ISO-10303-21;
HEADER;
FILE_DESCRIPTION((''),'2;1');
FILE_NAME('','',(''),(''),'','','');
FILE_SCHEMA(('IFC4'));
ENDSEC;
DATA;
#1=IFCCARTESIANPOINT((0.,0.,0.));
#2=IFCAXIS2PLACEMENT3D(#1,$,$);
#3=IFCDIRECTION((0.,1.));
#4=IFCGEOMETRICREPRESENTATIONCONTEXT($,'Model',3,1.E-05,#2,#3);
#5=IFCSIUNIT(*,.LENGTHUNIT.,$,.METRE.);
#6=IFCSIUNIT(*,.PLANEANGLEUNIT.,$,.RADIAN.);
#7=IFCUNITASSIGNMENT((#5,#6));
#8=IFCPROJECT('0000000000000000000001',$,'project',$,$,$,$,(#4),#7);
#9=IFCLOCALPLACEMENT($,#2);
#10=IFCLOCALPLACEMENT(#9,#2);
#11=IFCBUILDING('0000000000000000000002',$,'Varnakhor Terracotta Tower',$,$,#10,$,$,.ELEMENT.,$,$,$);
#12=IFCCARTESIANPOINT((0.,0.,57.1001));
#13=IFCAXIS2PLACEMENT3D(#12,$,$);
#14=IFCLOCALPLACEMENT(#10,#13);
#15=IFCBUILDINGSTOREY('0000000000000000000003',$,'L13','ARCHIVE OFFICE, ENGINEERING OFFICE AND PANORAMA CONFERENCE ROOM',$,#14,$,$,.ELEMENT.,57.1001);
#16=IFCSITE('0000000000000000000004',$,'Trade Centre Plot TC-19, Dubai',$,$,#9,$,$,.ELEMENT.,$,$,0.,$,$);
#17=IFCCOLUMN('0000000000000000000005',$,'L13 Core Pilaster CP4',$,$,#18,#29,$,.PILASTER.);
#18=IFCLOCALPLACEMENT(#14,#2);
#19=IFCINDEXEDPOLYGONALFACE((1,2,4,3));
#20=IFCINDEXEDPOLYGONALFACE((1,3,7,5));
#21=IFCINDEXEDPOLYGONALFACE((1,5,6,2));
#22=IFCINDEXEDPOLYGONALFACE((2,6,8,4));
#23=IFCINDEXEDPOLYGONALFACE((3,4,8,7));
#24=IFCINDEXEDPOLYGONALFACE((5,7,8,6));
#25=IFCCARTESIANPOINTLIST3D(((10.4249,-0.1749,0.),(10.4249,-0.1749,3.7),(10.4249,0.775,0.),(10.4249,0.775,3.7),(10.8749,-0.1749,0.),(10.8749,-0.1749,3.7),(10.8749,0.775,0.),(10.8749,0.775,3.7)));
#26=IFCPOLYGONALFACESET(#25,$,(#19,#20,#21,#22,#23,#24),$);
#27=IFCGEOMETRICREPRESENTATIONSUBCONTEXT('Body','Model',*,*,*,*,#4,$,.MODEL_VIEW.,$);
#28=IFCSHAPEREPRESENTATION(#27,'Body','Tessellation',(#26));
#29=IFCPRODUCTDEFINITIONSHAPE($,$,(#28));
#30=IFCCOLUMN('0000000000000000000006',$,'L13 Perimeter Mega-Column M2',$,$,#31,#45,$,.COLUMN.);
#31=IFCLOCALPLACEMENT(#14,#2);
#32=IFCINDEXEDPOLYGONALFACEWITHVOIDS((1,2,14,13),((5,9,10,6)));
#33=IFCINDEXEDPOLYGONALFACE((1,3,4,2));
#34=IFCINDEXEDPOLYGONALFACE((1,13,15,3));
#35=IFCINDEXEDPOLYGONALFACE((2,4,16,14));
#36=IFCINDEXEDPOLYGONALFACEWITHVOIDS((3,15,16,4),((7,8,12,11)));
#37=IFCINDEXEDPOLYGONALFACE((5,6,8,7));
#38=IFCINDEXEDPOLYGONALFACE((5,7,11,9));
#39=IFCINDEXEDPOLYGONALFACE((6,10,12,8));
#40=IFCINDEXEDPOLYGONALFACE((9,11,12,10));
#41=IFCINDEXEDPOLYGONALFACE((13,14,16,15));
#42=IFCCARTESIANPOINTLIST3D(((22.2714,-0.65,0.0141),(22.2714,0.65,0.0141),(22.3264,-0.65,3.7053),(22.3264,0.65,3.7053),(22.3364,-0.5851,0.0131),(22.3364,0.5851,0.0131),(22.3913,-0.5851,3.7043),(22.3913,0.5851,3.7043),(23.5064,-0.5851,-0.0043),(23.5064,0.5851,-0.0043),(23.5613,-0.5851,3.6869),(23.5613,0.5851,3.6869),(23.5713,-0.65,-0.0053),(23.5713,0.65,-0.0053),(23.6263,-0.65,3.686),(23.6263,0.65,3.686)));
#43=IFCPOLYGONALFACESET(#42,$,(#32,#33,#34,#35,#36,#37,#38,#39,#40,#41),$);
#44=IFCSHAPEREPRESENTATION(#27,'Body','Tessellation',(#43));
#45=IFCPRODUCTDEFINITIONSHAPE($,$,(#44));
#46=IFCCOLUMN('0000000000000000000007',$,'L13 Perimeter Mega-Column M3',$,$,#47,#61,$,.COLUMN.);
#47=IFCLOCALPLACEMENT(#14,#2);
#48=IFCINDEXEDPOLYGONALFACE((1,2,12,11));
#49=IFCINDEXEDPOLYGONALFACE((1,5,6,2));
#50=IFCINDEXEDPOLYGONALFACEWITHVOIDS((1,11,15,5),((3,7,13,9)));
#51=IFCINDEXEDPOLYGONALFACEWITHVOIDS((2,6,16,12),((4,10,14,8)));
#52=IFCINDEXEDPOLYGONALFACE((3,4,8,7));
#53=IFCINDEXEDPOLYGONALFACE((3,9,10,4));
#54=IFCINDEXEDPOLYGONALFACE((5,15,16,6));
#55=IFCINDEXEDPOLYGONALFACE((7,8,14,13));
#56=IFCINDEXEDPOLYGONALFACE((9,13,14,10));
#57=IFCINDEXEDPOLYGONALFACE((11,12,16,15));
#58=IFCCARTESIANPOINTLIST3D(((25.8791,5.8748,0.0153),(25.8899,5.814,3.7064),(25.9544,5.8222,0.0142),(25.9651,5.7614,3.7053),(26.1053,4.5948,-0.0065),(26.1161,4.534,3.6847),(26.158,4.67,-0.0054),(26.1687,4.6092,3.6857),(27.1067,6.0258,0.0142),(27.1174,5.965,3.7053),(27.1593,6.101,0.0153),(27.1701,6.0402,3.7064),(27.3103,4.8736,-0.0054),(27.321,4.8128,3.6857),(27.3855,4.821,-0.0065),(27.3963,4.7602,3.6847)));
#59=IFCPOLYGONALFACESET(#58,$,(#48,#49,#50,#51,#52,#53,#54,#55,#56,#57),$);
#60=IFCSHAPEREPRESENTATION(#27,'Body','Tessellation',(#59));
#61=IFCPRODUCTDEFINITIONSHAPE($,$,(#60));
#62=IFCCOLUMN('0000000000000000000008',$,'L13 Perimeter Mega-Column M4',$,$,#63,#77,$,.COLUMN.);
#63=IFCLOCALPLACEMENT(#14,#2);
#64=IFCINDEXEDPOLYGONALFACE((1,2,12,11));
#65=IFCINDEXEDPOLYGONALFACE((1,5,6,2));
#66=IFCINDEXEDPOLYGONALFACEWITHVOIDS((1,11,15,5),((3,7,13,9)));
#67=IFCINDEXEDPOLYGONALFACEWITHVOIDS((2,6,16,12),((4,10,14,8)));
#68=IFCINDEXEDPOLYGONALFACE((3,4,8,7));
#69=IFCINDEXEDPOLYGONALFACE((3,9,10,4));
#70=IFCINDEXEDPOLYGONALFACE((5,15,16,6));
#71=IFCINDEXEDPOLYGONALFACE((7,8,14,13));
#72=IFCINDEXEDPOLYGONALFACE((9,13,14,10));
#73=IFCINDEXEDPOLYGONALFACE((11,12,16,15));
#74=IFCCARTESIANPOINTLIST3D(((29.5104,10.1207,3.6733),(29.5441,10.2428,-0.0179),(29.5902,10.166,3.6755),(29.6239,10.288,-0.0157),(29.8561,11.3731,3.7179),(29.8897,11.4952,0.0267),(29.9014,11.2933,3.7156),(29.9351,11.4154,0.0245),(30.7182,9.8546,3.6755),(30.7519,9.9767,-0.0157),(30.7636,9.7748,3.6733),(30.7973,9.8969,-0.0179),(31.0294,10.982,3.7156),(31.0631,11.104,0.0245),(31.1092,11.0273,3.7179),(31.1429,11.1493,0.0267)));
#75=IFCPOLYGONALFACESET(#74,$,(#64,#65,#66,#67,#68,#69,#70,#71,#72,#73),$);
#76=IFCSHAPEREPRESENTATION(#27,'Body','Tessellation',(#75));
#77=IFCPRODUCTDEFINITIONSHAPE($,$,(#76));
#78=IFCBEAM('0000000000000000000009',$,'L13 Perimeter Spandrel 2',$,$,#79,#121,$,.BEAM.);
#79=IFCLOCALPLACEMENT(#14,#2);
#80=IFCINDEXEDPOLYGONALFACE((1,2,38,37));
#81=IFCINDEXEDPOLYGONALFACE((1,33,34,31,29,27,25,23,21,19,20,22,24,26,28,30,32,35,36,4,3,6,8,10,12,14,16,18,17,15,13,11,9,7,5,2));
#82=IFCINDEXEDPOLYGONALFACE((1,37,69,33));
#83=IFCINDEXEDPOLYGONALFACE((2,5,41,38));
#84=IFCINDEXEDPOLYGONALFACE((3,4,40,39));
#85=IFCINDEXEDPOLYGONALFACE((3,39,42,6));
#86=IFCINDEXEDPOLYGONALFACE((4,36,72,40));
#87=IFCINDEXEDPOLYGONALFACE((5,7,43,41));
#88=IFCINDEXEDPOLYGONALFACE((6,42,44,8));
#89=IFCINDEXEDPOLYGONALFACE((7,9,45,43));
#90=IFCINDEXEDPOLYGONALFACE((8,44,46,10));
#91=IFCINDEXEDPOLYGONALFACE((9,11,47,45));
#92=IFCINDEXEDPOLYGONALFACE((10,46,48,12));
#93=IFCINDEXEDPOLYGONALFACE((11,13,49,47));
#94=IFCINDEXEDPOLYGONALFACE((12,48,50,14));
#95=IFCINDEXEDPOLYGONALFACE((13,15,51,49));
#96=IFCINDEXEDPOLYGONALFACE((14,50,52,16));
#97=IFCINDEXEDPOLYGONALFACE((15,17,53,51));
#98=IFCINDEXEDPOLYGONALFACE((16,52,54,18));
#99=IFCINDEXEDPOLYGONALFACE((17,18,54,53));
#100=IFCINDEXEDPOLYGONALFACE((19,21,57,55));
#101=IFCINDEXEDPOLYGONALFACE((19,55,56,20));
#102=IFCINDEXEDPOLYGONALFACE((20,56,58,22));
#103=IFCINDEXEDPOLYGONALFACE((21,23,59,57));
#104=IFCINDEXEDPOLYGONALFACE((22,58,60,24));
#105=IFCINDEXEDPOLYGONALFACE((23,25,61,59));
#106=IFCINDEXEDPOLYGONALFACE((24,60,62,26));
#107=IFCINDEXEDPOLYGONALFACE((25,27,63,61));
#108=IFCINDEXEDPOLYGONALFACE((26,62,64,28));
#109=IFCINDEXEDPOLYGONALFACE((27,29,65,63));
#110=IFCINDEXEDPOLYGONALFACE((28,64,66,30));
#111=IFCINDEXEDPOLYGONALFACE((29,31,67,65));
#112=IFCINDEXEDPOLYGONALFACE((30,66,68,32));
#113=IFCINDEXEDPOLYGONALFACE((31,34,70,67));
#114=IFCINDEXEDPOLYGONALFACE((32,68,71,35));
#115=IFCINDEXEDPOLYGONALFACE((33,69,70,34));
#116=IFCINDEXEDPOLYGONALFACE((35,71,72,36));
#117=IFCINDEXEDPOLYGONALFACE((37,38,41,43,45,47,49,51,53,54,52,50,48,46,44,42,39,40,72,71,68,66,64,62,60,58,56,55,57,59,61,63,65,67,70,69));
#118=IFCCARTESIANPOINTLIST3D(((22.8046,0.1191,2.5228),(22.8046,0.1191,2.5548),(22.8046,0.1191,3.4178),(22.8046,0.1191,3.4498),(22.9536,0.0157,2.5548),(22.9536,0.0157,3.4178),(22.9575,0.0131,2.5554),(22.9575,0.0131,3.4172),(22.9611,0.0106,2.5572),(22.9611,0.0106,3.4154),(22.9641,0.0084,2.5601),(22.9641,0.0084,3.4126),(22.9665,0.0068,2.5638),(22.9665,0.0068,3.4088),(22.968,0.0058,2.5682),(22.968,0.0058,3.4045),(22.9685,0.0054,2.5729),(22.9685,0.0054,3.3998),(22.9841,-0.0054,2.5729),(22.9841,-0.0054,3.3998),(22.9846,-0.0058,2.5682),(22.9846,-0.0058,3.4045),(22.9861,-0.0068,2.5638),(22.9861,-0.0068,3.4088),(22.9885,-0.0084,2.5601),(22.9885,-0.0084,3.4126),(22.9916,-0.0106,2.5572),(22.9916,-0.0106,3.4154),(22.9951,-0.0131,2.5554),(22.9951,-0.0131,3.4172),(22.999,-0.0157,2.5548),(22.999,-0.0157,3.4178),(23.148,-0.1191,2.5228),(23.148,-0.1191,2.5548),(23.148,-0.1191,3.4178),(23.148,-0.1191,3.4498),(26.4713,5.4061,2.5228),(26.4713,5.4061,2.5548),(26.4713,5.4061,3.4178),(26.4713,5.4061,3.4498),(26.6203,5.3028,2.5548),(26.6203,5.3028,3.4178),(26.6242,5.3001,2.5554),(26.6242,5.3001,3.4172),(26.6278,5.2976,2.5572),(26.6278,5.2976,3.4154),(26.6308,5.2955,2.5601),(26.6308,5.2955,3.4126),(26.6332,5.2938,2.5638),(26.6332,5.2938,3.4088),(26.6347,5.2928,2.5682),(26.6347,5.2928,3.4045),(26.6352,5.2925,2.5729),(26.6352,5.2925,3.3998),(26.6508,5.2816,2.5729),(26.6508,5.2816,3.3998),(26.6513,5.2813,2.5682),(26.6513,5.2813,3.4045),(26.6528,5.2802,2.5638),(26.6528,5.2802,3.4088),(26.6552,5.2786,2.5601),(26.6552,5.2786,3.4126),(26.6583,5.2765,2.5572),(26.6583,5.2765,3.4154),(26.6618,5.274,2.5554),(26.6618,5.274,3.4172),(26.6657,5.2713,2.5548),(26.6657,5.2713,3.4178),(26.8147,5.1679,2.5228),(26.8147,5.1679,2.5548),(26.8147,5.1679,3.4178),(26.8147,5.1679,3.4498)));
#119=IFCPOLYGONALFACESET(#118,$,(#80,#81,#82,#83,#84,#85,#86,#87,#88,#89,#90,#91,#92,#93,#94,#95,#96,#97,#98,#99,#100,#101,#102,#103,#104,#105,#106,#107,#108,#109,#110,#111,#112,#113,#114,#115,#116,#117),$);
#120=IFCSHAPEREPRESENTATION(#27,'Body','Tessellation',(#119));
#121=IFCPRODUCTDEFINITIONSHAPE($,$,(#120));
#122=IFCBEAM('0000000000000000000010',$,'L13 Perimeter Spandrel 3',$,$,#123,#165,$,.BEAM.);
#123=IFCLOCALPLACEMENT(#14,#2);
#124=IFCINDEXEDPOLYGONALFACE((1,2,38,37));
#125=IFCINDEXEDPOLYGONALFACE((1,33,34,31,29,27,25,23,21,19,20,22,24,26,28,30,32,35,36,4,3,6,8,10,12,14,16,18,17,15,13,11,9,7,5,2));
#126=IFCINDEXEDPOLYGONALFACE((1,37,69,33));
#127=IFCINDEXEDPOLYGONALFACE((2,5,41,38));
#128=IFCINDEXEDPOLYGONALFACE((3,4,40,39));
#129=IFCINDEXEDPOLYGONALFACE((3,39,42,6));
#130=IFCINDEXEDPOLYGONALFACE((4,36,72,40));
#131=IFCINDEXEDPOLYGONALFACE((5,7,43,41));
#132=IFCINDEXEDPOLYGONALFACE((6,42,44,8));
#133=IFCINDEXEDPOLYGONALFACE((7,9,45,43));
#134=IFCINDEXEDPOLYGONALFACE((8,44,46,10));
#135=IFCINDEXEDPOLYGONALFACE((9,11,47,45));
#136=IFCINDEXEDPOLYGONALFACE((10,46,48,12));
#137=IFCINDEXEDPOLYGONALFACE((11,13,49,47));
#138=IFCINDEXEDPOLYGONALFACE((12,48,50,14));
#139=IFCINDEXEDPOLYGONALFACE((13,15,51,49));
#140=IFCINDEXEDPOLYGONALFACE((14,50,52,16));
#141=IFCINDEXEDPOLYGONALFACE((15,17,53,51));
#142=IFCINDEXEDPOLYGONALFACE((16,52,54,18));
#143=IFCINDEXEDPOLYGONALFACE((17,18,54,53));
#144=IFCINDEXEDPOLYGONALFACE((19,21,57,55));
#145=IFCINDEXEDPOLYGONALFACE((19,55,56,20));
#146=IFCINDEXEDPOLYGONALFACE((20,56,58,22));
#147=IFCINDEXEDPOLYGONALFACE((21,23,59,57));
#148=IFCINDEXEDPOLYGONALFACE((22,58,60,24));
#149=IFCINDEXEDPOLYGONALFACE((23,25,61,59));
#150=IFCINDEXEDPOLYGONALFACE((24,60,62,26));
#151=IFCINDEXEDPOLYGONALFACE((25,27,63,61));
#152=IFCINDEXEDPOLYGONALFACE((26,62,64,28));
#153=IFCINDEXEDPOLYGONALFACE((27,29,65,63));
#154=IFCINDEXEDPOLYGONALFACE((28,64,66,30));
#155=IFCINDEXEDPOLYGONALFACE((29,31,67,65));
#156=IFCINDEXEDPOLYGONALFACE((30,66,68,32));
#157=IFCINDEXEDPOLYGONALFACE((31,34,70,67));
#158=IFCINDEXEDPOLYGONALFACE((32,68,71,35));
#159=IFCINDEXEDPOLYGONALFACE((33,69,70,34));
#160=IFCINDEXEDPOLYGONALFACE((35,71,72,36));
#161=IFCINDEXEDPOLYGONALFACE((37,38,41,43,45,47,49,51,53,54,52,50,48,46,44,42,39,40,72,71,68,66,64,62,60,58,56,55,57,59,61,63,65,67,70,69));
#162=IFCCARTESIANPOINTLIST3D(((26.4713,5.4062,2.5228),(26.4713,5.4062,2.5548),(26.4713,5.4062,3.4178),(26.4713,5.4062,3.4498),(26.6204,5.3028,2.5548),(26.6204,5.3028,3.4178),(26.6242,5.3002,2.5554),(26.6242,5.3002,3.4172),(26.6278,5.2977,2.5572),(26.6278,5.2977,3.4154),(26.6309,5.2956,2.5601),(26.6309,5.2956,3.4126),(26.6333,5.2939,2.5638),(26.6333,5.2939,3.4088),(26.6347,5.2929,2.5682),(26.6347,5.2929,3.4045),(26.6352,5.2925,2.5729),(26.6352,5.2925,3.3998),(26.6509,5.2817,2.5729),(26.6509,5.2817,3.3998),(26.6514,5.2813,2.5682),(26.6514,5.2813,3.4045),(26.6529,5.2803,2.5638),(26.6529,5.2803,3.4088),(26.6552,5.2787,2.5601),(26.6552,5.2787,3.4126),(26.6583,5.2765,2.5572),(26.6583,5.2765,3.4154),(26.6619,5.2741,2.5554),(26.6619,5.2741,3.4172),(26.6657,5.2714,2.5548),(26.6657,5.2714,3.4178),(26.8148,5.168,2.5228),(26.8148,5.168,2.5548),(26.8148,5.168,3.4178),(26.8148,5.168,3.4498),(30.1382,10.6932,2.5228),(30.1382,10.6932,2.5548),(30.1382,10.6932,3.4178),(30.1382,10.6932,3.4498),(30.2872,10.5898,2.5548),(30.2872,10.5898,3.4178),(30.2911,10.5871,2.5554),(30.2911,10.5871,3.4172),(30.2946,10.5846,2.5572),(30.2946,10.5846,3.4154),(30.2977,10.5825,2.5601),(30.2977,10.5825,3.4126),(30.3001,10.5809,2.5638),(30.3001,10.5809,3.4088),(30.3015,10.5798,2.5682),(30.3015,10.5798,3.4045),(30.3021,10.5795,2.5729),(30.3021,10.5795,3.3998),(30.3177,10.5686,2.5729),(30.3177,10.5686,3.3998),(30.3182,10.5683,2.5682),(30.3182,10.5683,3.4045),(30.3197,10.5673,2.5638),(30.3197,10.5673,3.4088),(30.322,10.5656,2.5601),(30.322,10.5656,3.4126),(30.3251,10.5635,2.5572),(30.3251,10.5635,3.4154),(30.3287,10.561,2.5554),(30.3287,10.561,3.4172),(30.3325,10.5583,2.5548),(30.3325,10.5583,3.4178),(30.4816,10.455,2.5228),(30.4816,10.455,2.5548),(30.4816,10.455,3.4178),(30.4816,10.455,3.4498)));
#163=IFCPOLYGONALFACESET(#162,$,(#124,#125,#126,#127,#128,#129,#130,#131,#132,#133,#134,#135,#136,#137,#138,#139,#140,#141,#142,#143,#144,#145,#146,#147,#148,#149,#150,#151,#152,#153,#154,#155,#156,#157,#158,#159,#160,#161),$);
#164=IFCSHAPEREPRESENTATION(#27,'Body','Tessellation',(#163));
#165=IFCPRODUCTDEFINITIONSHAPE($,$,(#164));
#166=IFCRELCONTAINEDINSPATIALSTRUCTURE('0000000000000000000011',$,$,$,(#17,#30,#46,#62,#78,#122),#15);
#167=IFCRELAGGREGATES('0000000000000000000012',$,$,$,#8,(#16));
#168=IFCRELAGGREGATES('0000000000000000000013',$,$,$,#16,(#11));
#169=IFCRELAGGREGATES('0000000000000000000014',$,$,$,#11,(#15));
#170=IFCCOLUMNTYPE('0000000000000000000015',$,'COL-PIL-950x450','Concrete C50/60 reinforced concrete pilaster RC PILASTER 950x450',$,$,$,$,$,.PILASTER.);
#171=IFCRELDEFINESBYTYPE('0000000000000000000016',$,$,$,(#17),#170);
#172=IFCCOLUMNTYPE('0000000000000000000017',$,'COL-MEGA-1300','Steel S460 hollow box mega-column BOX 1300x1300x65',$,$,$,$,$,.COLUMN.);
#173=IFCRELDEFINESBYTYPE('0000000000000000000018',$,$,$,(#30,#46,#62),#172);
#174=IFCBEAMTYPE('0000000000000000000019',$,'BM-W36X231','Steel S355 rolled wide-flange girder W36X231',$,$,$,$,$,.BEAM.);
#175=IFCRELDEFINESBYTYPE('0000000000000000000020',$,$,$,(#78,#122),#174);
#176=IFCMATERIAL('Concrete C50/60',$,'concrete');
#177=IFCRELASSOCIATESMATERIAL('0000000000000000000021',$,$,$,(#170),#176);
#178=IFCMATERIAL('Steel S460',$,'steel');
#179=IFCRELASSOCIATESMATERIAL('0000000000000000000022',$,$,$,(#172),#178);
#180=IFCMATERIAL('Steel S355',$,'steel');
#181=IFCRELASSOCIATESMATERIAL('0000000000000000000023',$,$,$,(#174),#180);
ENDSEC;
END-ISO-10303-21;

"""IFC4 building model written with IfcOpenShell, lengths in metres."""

from ifc_helpers import new_model, si_unit, direction, frame, origin, origin_2d, place, context, subcontext, project, spatial, rectangle, hollow_rectangle, i_section, extrude, source, transform, mapped, material, material_profile, profile_set, type_object, element, save


model = new_model("IFC4")

# Units and contexts
model_context = context("Model", 3, precision=1e-05, world=origin(), true_north=direction((0.0, 1.0)))
body_context = subcontext(model_context, "Body", "Model", "MODEL_VIEW")
ifc_project = project(units=[si_unit("LENGTHUNIT", "METRE"), si_unit("PLANEANGLEUNIT", "RADIAN")], contexts=[model_context])

# Site, building, storey
site_placement = place(None, origin())
site = spatial("IfcSite", under=ifc_project, at=site_placement, Name="Trade Centre Plot TC-19, Dubai", CompositionType="ELEMENT", RefElevation=0.0)
building_placement = place(site_placement, origin())
building = spatial("IfcBuilding", under=site, at=building_placement, Name="Varnakhor Terracotta Tower", CompositionType="ELEMENT")
storey_placement = place(building_placement, frame((0.0, 0.0, 57.1001)))
storey = spatial("IfcBuildingStorey", under=building, at=storey_placement, Name="L13", Description="ARCHIVE OFFICE, ENGINEERING OFFICE AND PANORAMA CONFERENCE ROOM", CompositionType="ELEMENT", Elevation=57.1001)

# Columns
ifc_material_1 = material(Name="Concrete C50/60", Category="concrete")
ifc_material_profile_1 = material_profile(ifc_material_1, rectangle(XDim=0.45, YDim=0.95, at=origin_2d()), Name="RC PILASTER 950x450")
ifc_profile_set_1 = profile_set([ifc_material_profile_1], Name="Concrete C50/60")
column_type_1 = type_object("IfcColumnType", Name="COL-PIL-950x450", Description="Concrete C50/60 reinforced concrete pilaster RC PILASTER 950x450", PredefinedType="PILASTER", material=ifc_profile_set_1)
shared_shape_1 = source(origin(), body_context, "Body", "SweptSolid", [
    extrude(rectangle(XDim=0.45, YDim=0.95, at=origin_2d()), origin(), (0.0, 0.0, 1.0), 3.7),
])
column_1_placement = place(storey_placement, frame((10.6499, 0.3, 0.0), z_axis=(0.0, 0.0, 1.0), x_axis=(1.0, 0.0, 0.0)))
element("IfcColumn", 1, at=column_1_placement, inside=storey, type_object=column_type_1, Name="L13 Core Pilaster CP4", PredefinedType="PILASTER", context=body_context, shape_type="MappedRepresentation", body=[
    mapped(shared_shape_1, transform((0.0, 0.0, 0.0), scale=1.0)),
])
ifc_material_2 = material(Name="Steel S460", Category="steel")
ifc_material_profile_2 = material_profile(ifc_material_2, hollow_rectangle(XDim=1.3, YDim=1.3, WallThickness=0.0649, at=origin_2d()), Name="BOX 1300x1300x65")
ifc_profile_set_2 = profile_set([ifc_material_profile_2], Name="Steel S460")
column_type_2 = type_object("IfcColumnType", Name="COL-MEGA-1300", Description="Steel S460 hollow box mega-column BOX 1300x1300x65", PredefinedType="COLUMN", material=ifc_profile_set_2)
shared_shape_2 = source(origin(), body_context, "Body", "SweptSolid", [
    extrude(hollow_rectangle(XDim=1.3, YDim=1.3, WallThickness=0.0649, at=origin_2d()), origin(), (0.0, 0.0, 1.0), 3.6917),
])
for number, where, z_axis, x_axis, name in (
    (2, (22.9214, 0.0, 0.0044), (0.01488, 0.0, 0.999889), (0.0, 1.0, 0.0), "L13 Perimeter Mega-Column M2"),
    (3, (26.6323, 5.3479, 0.0044), (0.00291, -0.016467, 0.99986), (0.984744, 0.174011, 0.0), "L13 Perimeter Mega-Column M3"),
):
    element("IfcColumn", number, at=place(storey_placement, frame(where, z_axis=z_axis, x_axis=x_axis)), inside=storey, type_object=column_type_2, Name=name, PredefinedType="COLUMN", context=body_context, shape_type="MappedRepresentation", body=[
        mapped(shared_shape_2, transform((0.0, 0.0, 0.0), scale=1.0)),
    ])
shared_shape_3 = source(origin(), body_context, "Body", "SweptSolid", [
    extrude(hollow_rectangle(XDim=1.3, YDim=1.3, WallThickness=0.0649, at=origin_2d()), origin(), (0.0, 0.0, 1.0), 3.6934),
])
column_2_placement = place(storey_placement, frame((30.3435, 10.696, 0.0044), z_axis=(-0.009122, -0.033052, 0.999412), x_axis=(0.963959, -0.266053, 0.0)))
element("IfcColumn", 4, at=column_2_placement, inside=storey, type_object=column_type_2, Name="L13 Perimeter Mega-Column M4", PredefinedType="COLUMN", context=body_context, shape_type="MappedRepresentation", body=[
    mapped(shared_shape_3, transform((0.0, 0.0, 0.0), scale=1.0)),
])

# Beams
ifc_material_3 = material(Name="Steel S355", Category="steel")
ifc_material_profile_3 = material_profile(ifc_material_3, i_section(OverallWidth=0.418, OverallDepth=0.927, WebThickness=0.019, FlangeThickness=0.032, FilletRadius=0.0181, at=origin_2d()), Name="W36X231")
ifc_profile_set_3 = profile_set([ifc_material_profile_3], Name="Steel S355")
beam_type_1 = type_object("IfcBeamType", Name="BM-W36X231", Description="Steel S355 rolled wide-flange girder W36X231", PredefinedType="BEAM", material=ifc_profile_set_3)
shared_shape_4 = source(origin(), body_context, "Body", "SweptSolid", [
    extrude(i_section(OverallWidth=0.418, OverallDepth=0.927, WebThickness=0.019, FlangeThickness=0.032, FilletRadius=0.0181, at=origin_2d()), origin(), (0.0, 0.0, 1.0), 6.4341),
])
for number, where, z_axis, x_axis, name in (
    (5, (22.9763, 0.0, 2.9863), (0.569887, 0.821723, 0.0), (-0.821723, 0.569887, 0.0), "L13 Perimeter Spandrel 2"),
    (6, (26.6431, 5.2871, 2.9863), (0.569904, 0.821711, 0.0), (-0.821711, 0.569904, 0.0), "L13 Perimeter Spandrel 3"),
):
    element("IfcBeam", number, at=place(storey_placement, frame(where, z_axis=z_axis, x_axis=x_axis)), inside=storey, type_object=beam_type_1, Name=name, PredefinedType="BEAM", context=body_context, shape_type="MappedRepresentation", body=[
        mapped(shared_shape_4, transform((0.0, 0.0, 0.0), scale=1.0)),
    ])

save(model, "model.ifc")
